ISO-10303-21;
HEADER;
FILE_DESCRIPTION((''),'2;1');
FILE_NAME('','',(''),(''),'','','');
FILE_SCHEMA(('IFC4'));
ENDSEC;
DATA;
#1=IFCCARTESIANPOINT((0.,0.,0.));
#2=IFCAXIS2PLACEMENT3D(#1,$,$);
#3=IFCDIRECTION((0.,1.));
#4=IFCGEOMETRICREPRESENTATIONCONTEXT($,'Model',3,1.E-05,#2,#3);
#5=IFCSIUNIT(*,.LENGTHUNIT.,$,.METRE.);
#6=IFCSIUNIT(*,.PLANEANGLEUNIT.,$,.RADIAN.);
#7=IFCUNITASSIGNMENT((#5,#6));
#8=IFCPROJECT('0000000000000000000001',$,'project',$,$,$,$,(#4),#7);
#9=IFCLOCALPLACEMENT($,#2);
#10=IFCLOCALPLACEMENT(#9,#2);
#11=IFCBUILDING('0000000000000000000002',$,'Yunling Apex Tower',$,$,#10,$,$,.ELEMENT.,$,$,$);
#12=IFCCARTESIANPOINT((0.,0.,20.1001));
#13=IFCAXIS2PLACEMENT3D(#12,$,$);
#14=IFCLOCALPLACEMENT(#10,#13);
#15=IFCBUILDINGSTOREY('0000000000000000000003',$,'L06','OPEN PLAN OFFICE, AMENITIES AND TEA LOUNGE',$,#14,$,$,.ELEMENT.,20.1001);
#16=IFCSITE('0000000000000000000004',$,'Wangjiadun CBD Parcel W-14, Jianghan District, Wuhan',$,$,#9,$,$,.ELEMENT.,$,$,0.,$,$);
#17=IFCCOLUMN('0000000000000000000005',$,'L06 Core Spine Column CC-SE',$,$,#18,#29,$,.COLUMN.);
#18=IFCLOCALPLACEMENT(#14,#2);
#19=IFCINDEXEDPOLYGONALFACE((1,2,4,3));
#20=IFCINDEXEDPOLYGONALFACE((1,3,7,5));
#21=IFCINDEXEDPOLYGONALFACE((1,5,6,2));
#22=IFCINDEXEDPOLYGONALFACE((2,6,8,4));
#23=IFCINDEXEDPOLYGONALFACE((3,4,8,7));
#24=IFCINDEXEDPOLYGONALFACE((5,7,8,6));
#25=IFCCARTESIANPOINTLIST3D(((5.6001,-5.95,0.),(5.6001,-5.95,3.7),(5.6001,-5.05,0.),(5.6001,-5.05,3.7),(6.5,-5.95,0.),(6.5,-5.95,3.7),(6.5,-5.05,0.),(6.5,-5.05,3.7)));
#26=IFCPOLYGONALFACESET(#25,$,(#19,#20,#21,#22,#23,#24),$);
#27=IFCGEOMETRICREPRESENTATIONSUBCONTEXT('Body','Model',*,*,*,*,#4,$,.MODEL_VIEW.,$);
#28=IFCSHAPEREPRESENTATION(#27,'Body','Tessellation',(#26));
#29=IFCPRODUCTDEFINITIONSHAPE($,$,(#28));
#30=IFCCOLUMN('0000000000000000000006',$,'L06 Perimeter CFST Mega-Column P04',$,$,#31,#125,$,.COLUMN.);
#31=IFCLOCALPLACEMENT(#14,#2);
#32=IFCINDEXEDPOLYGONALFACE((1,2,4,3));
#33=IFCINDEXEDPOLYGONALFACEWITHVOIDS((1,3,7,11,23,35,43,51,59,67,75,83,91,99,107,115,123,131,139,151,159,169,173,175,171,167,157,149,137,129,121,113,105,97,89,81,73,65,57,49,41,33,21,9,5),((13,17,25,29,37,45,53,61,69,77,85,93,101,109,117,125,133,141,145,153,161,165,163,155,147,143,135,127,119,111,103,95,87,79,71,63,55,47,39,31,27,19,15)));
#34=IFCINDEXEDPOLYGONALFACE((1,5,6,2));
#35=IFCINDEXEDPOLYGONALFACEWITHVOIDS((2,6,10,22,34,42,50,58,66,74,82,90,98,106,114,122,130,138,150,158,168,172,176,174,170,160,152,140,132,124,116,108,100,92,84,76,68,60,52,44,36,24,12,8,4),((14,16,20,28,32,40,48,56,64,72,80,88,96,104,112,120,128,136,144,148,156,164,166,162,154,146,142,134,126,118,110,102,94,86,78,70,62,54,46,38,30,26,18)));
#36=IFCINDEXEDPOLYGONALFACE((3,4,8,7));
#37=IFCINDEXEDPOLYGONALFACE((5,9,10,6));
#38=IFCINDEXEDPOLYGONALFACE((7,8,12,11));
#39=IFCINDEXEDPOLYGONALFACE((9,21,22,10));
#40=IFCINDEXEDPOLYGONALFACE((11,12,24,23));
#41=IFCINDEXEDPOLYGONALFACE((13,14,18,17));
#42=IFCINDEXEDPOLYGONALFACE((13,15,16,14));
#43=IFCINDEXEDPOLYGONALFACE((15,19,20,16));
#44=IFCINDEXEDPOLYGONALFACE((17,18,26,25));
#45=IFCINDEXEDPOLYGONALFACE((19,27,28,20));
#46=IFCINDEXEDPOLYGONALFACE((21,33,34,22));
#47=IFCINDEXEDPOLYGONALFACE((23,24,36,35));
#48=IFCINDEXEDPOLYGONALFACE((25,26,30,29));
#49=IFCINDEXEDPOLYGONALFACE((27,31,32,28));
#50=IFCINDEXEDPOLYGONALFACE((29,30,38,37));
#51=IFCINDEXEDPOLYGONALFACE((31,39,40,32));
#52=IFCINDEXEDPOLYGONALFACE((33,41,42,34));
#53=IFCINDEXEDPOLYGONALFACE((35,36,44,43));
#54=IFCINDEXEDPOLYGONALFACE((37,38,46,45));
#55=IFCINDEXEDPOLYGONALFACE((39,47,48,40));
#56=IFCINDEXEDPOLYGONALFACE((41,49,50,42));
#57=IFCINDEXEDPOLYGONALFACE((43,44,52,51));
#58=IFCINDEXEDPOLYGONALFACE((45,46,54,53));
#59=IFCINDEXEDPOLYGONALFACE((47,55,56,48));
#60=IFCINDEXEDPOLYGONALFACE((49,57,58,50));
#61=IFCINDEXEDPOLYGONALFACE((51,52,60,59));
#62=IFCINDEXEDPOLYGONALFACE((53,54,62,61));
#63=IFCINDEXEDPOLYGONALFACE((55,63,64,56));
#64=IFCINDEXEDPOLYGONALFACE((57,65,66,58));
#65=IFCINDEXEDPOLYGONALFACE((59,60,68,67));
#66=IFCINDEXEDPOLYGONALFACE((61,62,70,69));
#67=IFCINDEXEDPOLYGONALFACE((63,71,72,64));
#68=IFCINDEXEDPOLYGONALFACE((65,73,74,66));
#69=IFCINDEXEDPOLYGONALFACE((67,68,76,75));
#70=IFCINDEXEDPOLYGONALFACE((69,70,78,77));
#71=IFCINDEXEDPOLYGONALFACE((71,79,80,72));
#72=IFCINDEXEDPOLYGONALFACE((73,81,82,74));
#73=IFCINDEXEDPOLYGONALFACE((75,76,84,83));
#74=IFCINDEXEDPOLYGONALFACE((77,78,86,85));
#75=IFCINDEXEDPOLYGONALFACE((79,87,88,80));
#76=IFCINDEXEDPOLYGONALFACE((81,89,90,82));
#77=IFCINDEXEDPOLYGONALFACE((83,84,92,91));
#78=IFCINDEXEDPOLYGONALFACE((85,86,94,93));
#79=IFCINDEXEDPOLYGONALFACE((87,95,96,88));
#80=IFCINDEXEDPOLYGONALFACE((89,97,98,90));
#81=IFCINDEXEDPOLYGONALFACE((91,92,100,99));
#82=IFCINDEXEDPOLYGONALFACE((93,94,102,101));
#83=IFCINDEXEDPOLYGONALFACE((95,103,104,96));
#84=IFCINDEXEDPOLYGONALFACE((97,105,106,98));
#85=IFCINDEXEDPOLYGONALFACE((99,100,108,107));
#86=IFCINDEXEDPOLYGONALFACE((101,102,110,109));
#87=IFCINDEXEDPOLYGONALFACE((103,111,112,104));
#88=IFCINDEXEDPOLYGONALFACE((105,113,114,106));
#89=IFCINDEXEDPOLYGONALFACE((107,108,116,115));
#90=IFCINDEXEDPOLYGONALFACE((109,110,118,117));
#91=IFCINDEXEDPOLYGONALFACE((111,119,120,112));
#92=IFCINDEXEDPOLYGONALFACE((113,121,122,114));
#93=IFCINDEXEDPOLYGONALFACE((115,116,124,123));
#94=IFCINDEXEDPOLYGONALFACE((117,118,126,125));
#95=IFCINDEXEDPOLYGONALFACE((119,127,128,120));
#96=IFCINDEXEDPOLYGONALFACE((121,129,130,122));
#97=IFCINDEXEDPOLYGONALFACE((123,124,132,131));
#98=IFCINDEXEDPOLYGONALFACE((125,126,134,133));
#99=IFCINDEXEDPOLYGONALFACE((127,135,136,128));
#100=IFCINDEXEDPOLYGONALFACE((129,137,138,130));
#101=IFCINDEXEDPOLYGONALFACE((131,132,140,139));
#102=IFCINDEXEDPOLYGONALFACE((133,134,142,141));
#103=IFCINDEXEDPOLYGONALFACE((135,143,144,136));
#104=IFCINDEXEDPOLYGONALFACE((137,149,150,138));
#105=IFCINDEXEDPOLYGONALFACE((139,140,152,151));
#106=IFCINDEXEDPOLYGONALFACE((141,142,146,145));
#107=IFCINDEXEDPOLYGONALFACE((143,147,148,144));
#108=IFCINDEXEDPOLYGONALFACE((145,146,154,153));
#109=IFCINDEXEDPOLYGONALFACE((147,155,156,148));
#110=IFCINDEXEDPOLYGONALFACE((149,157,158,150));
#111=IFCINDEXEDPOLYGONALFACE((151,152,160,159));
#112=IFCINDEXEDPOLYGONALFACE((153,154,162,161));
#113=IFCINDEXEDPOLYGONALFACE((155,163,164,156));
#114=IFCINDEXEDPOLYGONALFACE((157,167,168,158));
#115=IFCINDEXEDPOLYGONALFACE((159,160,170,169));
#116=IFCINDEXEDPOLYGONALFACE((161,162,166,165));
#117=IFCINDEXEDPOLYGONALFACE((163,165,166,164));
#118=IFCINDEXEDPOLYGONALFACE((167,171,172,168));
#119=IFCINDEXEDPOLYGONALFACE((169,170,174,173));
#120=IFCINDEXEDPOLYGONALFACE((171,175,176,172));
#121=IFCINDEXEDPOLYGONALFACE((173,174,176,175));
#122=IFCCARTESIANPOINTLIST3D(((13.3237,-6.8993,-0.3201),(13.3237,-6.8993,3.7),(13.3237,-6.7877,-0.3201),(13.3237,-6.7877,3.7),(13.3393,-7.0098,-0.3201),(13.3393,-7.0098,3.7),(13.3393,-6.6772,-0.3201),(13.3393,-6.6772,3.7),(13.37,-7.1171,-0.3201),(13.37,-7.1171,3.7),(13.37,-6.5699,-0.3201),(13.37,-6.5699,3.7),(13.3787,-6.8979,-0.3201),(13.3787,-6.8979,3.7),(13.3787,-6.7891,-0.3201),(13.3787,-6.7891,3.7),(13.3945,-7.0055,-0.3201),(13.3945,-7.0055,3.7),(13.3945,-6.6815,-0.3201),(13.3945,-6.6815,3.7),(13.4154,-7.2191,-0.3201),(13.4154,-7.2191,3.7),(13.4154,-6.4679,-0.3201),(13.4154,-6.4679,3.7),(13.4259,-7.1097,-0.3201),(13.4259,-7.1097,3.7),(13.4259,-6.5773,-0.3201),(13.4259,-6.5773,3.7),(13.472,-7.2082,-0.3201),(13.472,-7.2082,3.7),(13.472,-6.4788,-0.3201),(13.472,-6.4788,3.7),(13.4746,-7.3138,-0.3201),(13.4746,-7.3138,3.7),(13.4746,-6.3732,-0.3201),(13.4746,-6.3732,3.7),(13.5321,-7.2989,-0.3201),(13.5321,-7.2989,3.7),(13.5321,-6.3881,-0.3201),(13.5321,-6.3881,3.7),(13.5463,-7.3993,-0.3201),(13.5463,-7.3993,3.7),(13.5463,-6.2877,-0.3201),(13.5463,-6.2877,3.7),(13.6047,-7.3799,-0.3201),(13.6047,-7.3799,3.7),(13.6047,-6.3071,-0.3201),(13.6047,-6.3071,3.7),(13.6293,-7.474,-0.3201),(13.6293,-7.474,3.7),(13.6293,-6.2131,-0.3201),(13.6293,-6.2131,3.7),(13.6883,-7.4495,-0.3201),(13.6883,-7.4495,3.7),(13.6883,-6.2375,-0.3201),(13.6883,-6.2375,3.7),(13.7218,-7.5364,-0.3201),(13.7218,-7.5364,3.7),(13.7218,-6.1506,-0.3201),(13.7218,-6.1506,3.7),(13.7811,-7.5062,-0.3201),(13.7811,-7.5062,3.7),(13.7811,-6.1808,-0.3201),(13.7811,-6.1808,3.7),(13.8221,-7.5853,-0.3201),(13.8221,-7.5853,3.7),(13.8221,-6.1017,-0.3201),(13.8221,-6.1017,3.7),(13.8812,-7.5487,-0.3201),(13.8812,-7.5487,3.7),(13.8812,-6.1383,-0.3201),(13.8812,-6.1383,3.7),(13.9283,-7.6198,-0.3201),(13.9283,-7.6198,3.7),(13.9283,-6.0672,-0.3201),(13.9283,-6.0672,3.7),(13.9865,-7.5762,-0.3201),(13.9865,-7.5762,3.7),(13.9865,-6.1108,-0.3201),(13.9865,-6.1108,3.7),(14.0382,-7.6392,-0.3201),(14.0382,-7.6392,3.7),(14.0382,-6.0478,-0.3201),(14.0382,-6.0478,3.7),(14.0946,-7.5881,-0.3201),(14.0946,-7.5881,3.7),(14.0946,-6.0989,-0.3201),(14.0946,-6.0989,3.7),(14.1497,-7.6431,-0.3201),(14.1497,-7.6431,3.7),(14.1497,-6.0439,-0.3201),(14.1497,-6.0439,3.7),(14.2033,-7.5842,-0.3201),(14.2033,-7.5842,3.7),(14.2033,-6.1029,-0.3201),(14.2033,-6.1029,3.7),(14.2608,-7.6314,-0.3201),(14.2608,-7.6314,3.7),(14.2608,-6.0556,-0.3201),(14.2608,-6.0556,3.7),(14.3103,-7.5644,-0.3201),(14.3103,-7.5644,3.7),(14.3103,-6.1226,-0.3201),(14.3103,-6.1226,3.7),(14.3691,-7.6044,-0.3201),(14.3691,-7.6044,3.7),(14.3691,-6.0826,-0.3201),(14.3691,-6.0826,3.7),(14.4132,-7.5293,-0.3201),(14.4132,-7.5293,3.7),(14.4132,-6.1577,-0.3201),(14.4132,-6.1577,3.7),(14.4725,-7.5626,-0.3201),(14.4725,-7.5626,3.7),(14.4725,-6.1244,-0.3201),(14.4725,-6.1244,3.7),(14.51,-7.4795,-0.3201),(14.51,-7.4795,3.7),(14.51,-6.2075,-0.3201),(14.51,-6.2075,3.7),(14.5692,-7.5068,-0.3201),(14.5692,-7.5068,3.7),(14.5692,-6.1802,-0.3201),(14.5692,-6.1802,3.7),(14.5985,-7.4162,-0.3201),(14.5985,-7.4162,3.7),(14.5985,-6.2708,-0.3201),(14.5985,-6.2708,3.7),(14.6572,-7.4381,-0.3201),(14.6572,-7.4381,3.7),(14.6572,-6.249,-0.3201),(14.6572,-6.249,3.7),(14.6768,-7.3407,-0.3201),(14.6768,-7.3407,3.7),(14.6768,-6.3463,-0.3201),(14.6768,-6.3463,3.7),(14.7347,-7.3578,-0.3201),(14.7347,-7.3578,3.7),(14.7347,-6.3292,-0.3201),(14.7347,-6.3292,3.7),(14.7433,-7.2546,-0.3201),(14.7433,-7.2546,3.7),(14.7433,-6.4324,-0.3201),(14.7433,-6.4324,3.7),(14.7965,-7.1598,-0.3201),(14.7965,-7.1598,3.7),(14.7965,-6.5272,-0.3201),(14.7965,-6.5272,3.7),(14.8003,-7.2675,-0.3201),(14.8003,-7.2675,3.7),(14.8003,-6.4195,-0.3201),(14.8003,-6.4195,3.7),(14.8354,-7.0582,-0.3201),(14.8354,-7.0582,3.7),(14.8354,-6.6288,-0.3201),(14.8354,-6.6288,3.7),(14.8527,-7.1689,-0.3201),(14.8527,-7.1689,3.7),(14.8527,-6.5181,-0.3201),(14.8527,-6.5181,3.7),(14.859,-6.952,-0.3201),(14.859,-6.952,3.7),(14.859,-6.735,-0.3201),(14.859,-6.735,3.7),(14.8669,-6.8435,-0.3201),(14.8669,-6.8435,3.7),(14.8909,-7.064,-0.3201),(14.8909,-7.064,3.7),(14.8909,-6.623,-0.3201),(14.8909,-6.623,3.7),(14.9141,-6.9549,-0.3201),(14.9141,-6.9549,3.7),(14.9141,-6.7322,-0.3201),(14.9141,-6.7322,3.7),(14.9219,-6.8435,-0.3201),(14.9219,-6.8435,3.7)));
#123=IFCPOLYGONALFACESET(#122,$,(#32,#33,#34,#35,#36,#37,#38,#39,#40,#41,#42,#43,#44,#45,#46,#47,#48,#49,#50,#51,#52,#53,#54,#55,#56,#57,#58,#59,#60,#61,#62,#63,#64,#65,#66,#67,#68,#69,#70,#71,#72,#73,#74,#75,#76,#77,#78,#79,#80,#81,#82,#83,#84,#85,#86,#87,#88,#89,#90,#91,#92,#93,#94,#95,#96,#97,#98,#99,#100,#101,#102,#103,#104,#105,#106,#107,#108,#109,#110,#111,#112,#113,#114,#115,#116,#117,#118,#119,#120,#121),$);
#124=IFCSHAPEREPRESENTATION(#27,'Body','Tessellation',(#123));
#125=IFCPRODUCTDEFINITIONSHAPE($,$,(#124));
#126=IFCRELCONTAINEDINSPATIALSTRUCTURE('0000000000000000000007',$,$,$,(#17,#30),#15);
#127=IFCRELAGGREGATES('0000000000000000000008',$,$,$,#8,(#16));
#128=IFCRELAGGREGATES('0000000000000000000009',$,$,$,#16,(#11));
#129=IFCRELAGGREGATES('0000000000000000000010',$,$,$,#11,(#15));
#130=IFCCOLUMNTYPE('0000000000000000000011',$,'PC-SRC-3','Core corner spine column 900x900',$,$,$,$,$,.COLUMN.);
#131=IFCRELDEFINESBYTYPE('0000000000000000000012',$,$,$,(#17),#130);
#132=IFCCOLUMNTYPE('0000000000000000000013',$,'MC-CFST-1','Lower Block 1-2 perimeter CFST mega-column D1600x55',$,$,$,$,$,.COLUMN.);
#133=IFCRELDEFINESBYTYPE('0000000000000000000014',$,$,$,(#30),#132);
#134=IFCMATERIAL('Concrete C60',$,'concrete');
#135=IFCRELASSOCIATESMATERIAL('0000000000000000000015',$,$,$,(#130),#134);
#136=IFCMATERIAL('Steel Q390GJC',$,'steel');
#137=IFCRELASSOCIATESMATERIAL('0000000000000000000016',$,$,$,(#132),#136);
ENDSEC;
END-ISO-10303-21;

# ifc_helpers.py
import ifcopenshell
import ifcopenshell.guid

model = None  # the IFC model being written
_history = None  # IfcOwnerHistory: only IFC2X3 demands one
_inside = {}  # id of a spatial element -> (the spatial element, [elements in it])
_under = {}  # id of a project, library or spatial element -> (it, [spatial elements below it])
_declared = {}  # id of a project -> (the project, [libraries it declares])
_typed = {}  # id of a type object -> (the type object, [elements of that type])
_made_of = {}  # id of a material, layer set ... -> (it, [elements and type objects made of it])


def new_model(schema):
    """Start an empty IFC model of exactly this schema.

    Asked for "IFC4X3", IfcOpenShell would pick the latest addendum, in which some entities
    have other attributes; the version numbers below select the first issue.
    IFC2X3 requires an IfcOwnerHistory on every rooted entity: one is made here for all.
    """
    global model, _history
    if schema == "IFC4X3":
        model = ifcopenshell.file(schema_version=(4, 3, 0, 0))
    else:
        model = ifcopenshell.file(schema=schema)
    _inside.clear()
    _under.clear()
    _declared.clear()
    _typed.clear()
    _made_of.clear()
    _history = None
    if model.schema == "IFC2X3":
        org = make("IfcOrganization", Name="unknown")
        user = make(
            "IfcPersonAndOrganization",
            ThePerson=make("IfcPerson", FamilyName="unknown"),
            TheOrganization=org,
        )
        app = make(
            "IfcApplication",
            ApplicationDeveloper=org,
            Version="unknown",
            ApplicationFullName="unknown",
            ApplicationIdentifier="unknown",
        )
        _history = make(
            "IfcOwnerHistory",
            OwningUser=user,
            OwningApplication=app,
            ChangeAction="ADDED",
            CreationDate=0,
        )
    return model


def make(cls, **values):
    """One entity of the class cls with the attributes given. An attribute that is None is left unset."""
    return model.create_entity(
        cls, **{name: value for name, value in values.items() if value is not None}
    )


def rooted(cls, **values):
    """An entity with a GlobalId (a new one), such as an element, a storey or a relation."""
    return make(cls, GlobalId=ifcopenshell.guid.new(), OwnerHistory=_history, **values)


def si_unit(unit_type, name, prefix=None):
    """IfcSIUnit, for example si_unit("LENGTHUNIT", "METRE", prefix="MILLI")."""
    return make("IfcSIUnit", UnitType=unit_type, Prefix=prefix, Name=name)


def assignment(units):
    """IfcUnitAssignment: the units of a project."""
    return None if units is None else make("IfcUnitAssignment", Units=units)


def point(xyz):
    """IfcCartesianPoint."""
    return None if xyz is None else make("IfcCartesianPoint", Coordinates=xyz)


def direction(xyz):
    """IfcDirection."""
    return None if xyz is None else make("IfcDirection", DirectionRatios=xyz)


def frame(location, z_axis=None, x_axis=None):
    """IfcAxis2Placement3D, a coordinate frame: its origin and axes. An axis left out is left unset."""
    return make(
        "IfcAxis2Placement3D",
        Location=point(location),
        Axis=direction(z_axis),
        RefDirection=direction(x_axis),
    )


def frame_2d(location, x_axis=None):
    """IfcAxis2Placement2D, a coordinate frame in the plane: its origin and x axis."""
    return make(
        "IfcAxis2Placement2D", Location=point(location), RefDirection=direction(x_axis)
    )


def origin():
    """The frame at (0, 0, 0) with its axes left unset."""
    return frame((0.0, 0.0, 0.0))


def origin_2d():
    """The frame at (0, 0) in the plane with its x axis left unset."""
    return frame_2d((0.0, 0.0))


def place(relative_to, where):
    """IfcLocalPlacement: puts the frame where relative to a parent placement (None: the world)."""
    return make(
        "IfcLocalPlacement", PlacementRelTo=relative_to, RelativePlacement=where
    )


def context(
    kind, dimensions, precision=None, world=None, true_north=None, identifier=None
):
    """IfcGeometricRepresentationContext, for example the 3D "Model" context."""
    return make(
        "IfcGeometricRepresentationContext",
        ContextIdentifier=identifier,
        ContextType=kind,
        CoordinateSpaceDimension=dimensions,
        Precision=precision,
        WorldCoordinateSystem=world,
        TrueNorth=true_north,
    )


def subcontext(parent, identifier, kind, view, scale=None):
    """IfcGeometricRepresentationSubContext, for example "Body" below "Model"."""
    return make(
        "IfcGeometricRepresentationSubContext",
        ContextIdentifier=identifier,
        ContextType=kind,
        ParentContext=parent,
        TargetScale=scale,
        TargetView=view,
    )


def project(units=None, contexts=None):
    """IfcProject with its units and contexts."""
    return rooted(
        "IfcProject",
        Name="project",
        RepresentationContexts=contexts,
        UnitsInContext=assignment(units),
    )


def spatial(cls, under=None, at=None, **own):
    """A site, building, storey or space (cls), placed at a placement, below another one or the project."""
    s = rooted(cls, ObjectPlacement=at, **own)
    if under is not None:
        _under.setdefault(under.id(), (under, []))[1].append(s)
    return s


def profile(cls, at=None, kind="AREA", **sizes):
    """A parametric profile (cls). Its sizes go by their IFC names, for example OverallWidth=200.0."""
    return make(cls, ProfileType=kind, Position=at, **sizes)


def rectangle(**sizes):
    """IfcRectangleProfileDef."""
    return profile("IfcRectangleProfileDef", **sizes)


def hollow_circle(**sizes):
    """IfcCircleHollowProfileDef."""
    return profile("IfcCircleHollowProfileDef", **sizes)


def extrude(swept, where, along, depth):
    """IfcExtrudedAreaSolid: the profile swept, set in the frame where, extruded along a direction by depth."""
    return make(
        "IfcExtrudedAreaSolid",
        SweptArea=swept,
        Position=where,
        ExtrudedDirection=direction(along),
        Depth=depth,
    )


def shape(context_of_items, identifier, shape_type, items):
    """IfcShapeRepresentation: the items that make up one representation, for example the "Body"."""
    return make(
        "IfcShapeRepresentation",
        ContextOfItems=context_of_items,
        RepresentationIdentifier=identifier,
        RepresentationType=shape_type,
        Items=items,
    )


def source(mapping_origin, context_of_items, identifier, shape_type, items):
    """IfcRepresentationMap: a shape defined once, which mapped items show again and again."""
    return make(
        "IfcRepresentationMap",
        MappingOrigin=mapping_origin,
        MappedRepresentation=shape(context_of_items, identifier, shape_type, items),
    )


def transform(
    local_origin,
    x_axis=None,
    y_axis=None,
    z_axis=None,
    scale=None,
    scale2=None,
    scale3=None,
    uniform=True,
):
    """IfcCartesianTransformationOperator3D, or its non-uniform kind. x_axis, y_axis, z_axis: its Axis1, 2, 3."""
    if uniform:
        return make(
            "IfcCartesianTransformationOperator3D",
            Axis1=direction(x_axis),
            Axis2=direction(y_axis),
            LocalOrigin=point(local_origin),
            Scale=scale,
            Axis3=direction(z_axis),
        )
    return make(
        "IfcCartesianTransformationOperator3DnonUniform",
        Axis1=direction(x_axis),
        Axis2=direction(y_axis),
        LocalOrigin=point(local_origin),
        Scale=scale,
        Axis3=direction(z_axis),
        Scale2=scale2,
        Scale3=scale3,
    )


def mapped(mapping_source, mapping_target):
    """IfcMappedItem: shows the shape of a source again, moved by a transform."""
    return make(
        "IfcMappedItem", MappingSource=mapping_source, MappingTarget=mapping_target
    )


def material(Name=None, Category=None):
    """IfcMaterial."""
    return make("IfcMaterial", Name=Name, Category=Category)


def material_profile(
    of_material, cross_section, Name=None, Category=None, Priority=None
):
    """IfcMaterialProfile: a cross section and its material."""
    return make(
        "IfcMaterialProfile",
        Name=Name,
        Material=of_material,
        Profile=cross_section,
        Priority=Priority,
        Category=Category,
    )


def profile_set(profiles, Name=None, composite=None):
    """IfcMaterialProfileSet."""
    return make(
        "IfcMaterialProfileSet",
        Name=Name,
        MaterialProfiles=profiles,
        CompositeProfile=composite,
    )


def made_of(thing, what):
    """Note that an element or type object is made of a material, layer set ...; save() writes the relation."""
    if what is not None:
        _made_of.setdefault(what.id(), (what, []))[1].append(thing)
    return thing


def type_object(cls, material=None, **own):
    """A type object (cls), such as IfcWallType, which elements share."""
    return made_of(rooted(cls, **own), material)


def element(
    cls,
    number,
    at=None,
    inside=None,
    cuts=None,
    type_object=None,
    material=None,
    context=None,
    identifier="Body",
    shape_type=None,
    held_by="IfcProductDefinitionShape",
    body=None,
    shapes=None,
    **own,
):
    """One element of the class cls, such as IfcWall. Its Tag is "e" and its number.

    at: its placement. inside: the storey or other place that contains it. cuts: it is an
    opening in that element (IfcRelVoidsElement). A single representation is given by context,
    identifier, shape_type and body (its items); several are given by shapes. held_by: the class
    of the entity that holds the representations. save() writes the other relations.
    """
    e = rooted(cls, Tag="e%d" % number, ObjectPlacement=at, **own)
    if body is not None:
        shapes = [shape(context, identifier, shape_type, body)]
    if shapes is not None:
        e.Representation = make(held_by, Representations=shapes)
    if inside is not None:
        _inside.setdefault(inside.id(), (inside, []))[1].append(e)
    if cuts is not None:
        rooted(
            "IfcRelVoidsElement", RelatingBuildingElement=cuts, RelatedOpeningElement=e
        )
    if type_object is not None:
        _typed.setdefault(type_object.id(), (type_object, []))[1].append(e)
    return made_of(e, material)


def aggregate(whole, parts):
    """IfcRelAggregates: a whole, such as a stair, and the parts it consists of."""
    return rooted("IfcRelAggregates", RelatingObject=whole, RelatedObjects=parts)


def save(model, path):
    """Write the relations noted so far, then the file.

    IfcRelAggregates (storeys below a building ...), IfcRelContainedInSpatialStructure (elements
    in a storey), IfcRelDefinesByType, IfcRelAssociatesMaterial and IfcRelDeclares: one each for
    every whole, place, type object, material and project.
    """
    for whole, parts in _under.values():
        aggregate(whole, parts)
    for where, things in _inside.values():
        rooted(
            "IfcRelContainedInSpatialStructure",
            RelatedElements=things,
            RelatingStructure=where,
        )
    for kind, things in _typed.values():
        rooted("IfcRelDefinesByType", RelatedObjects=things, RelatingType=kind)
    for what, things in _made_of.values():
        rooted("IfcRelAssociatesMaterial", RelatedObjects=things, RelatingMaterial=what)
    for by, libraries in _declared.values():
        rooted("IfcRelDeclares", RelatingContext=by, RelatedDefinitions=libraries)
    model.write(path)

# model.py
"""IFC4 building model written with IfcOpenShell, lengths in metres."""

from ifc_helpers import new_model, si_unit, direction, frame, origin, origin_2d, place, context, subcontext, project, spatial, rectangle, hollow_circle, extrude, source, transform, mapped, material, material_profile, profile_set, type_object, element, save


model = new_model("IFC4")

# Units and contexts
model_context = context("Model", 3, precision=1e-05, world=origin(), true_north=direction((0.0, 1.0)))
body_context = subcontext(model_context, "Body", "Model", "MODEL_VIEW")
ifc_project = project(units=[si_unit("LENGTHUNIT", "METRE"), si_unit("PLANEANGLEUNIT", "RADIAN")], contexts=[model_context])

# Site, building, storey
site_placement = place(None, origin())
site = spatial("IfcSite", under=ifc_project, at=site_placement, Name="Wangjiadun CBD Parcel W-14, Jianghan District, Wuhan", CompositionType="ELEMENT", RefElevation=0.0)
building_placement = place(site_placement, origin())
building = spatial("IfcBuilding", under=site, at=building_placement, Name="Yunling Apex Tower", CompositionType="ELEMENT")
storey_placement = place(building_placement, frame((0.0, 0.0, 20.1001)))
storey = spatial("IfcBuildingStorey", under=building, at=storey_placement, Name="L06", Description="OPEN PLAN OFFICE, AMENITIES AND TEA LOUNGE", CompositionType="ELEMENT", Elevation=20.1001)

# Columns
ifc_material_1 = material(Name="Concrete C60", Category="concrete")
ifc_material_profile_1 = material_profile(ifc_material_1, rectangle(XDim=0.8999, YDim=0.8999, at=origin_2d()))
ifc_profile_set_1 = profile_set([ifc_material_profile_1], Name="Concrete C60")
column_type_1 = type_object("IfcColumnType", Name="PC-SRC-3", Description="Core corner spine column 900x900", PredefinedType="COLUMN", material=ifc_profile_set_1)
shared_shape_1 = source(origin(), body_context, "Body", "SweptSolid", [
    extrude(rectangle(XDim=0.8999, YDim=0.8999, at=origin_2d()), origin(), (0.0, 0.0, 1.0), 3.7),
])
column_placement = place(storey_placement, frame((6.05, -5.5, 0.0), z_axis=(0.0, 0.0, 1.0), x_axis=(1.0, 0.0, 0.0)))
element("IfcColumn", 1, at=column_placement, inside=storey, type_object=column_type_1, Name="L06 Core Spine Column CC-SE", PredefinedType="COLUMN", context=body_context, shape_type="MappedRepresentation", body=[
    mapped(shared_shape_1, transform((0.0, 0.0, 0.0), scale=1.0)),
])
ifc_material_2 = material(Name="Steel Q390GJC", Category="steel")
ifc_material_profile_2 = material_profile(ifc_material_2, hollow_circle(Radius=0.8, WallThickness=0.0549, at=origin_2d()))
ifc_profile_set_2 = profile_set([ifc_material_profile_2], Name="Steel Q390GJC")
column_type_2 = type_object("IfcColumnType", Name="MC-CFST-1", Description="Lower Block 1-2 perimeter CFST mega-column D1600x55", PredefinedType="COLUMN", material=ifc_profile_set_2)
shared_shape_2 = source(origin(), body_context, "Body", "SweptSolid", [
    extrude(hollow_circle(Radius=0.8, WallThickness=0.0549, at=origin_2d()), origin(), (0.0, 0.0, 1.0), 4.02),
])
for number, where, z_axis, x_axis, name in (
    (2, (14.1218, -6.8435, -0.3201), (0.0, 0.0, 1.0), (1.0, 0.0, 0.0), "L06 Perimeter CFST Mega-Column P04"),
):
    element("IfcColumn", number, at=place(storey_placement, frame(where, z_axis=z_axis, x_axis=x_axis)), inside=storey, type_object=column_type_2, Name=name, PredefinedType="COLUMN", context=body_context, shape_type="MappedRepresentation", body=[
        mapped(shared_shape_2, transform((0.0, 0.0, 0.0), scale=1.0)),
    ])

save(model, "model.ifc")
